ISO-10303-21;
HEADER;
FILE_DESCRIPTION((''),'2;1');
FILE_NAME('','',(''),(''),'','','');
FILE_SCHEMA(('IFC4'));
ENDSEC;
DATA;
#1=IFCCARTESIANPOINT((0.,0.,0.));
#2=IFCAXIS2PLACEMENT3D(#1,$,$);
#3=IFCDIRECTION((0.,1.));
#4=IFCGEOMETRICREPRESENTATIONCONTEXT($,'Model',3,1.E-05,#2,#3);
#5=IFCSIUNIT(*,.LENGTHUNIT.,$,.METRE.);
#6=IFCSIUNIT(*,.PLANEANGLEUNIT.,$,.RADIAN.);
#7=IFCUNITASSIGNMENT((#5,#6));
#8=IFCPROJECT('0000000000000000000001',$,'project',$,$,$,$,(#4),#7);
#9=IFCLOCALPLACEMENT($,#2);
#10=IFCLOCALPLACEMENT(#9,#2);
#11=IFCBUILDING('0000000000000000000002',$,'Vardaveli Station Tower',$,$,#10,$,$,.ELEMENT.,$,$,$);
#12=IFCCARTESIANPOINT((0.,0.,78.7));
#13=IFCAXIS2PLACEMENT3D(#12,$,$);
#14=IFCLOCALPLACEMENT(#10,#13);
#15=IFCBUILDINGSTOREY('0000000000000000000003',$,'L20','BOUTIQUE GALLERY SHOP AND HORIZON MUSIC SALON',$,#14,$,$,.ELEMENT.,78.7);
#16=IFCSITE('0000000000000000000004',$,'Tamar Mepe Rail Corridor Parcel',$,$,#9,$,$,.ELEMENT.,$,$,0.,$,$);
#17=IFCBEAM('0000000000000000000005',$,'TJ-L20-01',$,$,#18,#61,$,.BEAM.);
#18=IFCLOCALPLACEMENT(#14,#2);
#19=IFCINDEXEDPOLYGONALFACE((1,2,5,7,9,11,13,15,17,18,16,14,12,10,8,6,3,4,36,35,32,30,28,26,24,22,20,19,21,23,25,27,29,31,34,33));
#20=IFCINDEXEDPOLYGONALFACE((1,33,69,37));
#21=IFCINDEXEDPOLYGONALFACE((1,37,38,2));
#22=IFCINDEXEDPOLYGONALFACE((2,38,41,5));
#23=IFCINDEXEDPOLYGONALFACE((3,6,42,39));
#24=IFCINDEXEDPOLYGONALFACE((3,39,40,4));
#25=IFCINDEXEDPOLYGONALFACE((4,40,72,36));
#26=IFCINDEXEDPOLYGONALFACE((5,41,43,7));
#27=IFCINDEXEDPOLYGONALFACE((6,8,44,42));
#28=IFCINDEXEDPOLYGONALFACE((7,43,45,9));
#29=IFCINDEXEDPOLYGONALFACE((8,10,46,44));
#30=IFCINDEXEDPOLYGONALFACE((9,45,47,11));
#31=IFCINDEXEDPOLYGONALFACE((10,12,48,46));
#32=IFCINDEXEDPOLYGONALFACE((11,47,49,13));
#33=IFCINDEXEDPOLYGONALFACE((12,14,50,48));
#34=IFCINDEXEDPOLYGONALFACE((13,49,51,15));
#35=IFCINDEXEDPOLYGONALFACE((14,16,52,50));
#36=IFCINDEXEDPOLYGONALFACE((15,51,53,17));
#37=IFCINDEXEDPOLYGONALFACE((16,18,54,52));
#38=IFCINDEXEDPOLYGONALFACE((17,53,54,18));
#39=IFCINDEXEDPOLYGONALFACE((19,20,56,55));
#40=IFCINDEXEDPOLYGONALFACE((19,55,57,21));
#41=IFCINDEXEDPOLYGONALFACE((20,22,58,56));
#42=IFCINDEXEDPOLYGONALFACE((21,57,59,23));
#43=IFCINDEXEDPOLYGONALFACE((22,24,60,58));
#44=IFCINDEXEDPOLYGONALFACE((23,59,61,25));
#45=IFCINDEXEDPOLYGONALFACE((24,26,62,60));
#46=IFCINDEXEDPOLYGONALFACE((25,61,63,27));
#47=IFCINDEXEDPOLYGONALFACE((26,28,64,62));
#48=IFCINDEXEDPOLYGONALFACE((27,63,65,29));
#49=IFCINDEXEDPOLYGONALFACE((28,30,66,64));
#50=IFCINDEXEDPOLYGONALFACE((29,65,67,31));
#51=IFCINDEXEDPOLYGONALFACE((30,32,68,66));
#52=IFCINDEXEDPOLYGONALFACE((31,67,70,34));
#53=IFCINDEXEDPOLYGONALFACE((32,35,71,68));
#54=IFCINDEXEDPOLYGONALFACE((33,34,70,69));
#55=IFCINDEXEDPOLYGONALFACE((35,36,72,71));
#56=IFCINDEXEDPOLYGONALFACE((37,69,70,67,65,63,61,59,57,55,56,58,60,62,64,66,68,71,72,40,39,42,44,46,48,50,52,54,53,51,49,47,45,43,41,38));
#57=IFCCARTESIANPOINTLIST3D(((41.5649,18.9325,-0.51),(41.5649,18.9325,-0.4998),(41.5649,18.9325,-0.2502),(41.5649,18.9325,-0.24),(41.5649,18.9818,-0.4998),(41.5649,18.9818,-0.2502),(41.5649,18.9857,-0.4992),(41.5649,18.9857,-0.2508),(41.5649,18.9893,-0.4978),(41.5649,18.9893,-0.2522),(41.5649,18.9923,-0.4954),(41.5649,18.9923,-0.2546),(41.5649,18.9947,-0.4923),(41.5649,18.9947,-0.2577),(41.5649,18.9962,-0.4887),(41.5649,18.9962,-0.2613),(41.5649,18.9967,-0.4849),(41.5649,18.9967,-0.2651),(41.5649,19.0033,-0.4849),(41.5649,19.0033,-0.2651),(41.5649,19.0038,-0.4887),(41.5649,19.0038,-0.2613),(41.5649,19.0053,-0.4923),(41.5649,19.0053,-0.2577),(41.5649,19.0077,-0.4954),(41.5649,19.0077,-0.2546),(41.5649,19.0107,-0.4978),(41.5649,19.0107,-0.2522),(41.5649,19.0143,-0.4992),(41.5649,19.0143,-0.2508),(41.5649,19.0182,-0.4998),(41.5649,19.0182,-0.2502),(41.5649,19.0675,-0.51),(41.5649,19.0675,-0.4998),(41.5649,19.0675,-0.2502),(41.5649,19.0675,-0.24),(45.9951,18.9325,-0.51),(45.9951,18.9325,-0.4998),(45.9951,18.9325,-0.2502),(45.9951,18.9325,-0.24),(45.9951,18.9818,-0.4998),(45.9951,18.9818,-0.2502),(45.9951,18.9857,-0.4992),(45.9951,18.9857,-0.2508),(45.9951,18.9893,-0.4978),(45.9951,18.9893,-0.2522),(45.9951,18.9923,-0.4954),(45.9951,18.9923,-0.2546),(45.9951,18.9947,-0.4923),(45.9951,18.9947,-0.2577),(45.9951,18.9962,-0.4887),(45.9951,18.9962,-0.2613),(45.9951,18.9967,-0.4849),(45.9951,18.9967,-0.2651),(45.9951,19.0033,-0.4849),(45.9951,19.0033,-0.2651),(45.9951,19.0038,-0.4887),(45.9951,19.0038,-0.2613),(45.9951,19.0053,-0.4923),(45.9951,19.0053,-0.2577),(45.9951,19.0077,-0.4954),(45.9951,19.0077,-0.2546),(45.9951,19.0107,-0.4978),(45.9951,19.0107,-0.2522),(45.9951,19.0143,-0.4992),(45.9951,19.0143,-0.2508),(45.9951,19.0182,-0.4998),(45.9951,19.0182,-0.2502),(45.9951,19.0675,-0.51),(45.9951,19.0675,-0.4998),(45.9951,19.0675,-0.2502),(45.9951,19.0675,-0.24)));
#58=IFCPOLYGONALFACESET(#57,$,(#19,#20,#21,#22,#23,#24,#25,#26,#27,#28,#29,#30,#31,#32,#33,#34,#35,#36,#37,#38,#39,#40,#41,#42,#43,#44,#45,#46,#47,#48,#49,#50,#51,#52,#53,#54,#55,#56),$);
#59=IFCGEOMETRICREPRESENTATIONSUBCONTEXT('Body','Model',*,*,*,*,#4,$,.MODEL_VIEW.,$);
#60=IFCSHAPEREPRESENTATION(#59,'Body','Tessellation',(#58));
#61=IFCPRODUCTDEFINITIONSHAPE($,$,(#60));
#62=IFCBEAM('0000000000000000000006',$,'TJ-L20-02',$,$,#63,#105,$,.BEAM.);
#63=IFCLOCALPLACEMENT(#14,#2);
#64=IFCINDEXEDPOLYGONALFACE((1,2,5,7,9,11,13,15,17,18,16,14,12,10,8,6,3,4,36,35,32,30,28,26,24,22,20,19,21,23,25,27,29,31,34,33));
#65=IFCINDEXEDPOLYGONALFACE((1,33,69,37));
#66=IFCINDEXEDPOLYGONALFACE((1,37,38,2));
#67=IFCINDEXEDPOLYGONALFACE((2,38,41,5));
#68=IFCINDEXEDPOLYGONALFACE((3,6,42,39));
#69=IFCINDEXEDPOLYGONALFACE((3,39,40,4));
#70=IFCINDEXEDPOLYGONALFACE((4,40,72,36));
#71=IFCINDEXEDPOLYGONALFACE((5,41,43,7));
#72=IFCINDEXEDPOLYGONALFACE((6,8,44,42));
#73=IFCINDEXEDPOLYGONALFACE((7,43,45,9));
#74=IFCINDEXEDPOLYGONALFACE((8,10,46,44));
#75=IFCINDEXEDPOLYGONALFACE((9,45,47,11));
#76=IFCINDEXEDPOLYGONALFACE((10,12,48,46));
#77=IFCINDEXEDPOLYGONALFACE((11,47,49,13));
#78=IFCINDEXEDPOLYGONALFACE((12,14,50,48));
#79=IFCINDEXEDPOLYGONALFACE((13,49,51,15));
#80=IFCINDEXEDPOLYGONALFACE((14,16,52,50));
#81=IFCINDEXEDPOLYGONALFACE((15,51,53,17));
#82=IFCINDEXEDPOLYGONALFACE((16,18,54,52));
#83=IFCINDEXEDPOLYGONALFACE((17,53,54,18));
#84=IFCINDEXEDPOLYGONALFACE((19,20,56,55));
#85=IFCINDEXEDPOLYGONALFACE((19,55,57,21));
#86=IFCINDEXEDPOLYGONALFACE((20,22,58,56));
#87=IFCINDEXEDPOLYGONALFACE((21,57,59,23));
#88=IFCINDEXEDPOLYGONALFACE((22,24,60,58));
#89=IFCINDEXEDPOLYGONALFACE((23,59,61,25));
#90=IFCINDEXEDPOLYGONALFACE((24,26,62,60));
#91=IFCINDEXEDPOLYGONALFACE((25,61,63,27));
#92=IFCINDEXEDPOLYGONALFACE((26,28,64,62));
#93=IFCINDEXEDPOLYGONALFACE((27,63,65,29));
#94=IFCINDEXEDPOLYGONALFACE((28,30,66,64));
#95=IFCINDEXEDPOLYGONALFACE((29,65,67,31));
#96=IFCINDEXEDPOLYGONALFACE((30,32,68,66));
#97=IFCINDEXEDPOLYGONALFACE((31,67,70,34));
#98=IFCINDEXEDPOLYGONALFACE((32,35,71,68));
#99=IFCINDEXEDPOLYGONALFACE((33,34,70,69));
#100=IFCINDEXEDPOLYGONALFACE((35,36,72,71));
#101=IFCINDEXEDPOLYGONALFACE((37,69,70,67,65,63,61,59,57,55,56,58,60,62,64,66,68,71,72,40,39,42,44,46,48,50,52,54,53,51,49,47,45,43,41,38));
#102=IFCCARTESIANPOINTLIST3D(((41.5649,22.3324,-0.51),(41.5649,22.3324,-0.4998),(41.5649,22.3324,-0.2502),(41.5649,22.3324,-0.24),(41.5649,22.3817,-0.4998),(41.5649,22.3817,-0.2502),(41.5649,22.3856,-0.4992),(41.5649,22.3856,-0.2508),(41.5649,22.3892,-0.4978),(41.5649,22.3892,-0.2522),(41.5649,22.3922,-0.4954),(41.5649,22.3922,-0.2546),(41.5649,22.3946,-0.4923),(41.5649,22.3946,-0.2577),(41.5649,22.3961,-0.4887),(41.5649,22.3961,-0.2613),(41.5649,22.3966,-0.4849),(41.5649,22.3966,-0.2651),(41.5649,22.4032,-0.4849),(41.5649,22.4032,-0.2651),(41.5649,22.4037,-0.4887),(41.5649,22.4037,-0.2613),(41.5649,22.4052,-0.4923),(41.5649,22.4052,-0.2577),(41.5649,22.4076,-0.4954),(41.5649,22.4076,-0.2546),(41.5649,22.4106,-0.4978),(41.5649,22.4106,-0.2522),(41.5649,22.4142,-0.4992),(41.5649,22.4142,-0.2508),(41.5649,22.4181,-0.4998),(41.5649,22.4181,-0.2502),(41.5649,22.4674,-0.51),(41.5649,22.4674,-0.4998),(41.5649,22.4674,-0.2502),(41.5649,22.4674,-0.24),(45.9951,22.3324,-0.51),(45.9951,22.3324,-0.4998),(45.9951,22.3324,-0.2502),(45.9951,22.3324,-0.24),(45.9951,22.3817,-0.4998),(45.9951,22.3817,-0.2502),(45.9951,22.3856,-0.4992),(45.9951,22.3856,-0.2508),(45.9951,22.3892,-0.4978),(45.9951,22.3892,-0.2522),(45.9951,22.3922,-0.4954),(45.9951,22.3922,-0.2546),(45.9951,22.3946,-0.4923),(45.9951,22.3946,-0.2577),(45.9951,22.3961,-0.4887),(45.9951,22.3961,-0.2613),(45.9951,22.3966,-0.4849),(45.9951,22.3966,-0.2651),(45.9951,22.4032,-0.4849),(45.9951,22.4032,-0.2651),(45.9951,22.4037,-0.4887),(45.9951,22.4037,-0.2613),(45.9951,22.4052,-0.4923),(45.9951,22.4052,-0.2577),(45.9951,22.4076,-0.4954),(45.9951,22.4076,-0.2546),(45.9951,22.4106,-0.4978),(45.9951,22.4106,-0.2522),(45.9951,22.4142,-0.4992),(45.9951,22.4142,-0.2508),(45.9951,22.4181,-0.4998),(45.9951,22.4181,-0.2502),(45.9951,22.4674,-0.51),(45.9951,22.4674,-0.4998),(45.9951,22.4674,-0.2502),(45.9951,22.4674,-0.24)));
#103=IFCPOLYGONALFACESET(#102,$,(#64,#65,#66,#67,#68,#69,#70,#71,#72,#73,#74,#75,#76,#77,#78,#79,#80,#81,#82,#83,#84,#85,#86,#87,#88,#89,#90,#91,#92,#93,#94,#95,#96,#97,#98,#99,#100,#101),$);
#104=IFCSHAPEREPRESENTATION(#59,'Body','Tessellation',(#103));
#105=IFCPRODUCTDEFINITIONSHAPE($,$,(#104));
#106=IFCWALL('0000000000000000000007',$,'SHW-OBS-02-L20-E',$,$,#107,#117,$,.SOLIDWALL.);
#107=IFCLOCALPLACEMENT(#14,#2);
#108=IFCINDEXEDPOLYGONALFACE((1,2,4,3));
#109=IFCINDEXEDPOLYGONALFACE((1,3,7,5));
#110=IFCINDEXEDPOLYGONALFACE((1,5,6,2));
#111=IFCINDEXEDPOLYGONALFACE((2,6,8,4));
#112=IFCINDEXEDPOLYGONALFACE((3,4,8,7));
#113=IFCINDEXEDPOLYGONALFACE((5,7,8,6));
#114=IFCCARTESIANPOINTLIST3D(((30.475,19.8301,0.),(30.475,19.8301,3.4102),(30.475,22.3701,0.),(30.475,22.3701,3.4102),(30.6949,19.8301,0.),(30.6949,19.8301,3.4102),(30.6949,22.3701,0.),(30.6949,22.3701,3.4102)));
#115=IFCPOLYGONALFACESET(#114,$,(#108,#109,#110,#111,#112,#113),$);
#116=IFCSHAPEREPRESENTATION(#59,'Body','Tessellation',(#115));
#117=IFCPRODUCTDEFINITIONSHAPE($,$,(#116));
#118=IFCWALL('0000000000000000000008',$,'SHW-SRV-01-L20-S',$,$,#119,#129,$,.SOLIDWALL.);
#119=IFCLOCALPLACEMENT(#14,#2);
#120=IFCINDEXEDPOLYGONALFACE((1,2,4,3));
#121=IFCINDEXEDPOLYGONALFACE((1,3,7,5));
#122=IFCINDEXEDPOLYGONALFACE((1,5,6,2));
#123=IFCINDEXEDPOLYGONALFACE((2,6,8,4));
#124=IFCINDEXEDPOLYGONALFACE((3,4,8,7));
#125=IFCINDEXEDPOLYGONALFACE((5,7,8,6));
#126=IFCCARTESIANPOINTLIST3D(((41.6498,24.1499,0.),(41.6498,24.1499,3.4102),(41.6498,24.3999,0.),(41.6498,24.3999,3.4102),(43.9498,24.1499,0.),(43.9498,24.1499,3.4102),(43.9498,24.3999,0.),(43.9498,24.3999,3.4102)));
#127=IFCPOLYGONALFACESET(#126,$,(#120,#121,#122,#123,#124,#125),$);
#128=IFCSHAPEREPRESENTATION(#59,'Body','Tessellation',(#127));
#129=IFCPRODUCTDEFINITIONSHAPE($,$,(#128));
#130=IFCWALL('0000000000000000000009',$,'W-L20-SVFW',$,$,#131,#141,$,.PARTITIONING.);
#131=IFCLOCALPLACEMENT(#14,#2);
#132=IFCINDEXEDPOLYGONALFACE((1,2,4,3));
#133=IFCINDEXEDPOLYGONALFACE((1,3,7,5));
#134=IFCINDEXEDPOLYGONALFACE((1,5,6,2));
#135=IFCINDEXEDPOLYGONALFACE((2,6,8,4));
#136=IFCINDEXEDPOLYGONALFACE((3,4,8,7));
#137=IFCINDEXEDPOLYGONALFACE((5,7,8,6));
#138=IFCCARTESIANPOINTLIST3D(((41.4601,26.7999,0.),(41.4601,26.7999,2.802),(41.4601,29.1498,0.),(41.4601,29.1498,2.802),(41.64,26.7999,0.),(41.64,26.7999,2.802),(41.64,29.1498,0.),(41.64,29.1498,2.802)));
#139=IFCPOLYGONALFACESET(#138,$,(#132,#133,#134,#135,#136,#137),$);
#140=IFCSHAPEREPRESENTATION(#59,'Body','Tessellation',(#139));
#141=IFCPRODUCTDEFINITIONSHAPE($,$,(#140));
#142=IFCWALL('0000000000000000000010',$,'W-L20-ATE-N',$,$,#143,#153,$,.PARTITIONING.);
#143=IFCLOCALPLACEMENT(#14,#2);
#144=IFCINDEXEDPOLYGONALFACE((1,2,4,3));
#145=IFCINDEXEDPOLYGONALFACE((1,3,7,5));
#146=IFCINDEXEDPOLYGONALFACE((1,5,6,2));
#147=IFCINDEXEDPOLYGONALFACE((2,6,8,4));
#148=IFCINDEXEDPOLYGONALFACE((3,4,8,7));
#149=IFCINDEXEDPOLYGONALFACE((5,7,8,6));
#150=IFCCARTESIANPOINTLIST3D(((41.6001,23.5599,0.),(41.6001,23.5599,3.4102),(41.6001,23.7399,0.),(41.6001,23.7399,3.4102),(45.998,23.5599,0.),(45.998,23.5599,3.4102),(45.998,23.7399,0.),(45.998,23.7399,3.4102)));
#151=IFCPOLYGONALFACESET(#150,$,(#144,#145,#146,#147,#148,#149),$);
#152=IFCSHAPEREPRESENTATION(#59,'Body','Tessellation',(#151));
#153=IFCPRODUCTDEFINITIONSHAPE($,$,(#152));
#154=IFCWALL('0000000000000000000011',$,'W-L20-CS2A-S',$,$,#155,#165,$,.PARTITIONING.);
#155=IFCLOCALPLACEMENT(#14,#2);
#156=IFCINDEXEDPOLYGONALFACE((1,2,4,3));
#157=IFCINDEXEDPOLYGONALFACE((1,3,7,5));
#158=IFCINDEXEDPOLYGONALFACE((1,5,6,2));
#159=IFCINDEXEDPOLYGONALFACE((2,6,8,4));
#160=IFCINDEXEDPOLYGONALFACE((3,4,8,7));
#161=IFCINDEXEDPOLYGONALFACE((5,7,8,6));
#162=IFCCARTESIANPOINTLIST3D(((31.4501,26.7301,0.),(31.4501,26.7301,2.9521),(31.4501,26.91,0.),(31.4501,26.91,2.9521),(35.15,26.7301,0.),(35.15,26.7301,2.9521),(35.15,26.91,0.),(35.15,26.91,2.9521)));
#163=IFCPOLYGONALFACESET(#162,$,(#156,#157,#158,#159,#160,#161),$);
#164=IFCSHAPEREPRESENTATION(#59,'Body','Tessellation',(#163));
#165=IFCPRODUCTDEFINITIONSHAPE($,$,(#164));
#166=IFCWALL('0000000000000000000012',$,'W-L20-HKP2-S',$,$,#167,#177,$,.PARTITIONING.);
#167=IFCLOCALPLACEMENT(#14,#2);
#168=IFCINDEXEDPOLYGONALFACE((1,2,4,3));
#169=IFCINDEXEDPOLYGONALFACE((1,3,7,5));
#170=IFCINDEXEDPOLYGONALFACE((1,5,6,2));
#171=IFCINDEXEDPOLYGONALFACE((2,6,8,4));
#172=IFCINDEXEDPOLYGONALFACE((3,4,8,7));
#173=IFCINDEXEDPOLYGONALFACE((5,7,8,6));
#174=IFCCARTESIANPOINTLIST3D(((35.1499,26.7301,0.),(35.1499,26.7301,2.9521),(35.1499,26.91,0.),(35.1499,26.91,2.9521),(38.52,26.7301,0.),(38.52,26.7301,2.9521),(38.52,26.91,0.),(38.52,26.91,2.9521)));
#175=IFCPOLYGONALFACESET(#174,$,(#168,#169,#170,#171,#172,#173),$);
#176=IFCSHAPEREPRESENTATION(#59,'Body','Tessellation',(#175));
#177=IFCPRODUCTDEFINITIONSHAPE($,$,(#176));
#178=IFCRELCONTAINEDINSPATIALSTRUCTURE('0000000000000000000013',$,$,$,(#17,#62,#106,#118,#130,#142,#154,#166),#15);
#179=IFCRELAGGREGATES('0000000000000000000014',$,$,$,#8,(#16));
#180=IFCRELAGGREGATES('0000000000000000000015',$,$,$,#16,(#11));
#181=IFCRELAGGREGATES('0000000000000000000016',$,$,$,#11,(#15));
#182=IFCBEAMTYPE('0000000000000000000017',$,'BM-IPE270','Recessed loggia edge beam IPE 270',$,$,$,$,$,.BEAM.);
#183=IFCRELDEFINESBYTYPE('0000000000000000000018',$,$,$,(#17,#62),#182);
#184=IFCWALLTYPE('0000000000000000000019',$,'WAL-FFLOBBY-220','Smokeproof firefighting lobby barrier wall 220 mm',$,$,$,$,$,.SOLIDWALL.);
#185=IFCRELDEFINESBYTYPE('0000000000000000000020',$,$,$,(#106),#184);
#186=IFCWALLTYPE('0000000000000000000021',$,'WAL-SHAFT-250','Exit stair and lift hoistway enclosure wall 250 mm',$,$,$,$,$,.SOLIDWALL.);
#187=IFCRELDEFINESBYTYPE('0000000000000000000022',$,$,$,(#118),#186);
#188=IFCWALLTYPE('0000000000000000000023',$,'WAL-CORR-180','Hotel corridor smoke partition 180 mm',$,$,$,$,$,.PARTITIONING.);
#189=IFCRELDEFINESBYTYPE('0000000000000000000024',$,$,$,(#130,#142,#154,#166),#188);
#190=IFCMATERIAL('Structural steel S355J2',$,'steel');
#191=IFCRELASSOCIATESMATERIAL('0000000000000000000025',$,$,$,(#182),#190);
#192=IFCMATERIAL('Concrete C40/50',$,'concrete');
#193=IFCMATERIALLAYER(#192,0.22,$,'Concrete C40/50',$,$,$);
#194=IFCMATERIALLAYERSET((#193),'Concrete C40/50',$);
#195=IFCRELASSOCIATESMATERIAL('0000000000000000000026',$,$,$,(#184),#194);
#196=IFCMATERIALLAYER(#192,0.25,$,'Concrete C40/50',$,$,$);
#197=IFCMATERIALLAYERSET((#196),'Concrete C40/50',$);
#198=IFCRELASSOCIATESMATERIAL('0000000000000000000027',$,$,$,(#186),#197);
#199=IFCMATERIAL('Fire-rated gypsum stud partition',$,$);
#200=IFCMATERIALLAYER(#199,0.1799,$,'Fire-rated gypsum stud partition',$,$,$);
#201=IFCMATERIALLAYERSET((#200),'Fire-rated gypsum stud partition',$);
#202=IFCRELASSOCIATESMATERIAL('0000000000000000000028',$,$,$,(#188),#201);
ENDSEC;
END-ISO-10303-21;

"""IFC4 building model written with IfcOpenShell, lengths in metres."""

from ifc_helpers import new_model, si_unit, direction, frame, frame_2d, origin, origin_2d, place, context, subcontext, project, spatial, rectangle, i_section, extrude, source, transform, mapped, material, layer, layer_set, material_profile, profile_set, type_object, element, save


model = new_model("IFC4")

# Units and contexts
model_context = context("Model", 3, precision=1e-05, world=origin(), true_north=direction((0.0, 1.0)))
body_context = subcontext(model_context, "Body", "Model", "MODEL_VIEW")
ifc_project = project(units=[si_unit("LENGTHUNIT", "METRE"), si_unit("PLANEANGLEUNIT", "RADIAN")], contexts=[model_context])

# Site, building, storey
site_placement = place(None, origin())
site = spatial("IfcSite", under=ifc_project, at=site_placement, Name="Tamar Mepe Rail Corridor Parcel", CompositionType="ELEMENT", RefElevation=0.0)
building_placement = place(site_placement, origin())
building = spatial("IfcBuilding", under=site, at=building_placement, Name="Vardaveli Station Tower", CompositionType="ELEMENT")
storey_placement = place(building_placement, frame((0.0, 0.0, 78.7)))
storey = spatial("IfcBuildingStorey", under=building, at=storey_placement, Name="L20", Description="BOUTIQUE GALLERY SHOP AND HORIZON MUSIC SALON", CompositionType="ELEMENT", Elevation=78.7)

# Beams
ifc_material_1 = material(Name="Structural steel S355J2", Category="steel")
ifc_material_profile_1 = material_profile(ifc_material_1, i_section(OverallWidth=0.135, OverallDepth=0.27, WebThickness=0.0066, FlangeThickness=0.0103, FilletRadius=0.0149, at=origin_2d()), Name="IPE 270")
ifc_profile_set_1 = profile_set([ifc_material_profile_1], Name="Structural steel S355J2")
beam_type_1 = type_object("IfcBeamType", Name="BM-IPE270", Description="Recessed loggia edge beam IPE 270", PredefinedType="BEAM", material=ifc_profile_set_1)
shared_shape_1 = source(origin(), body_context, "Body", "SweptSolid", [
    extrude(i_section(OverallWidth=0.135, OverallDepth=0.27, WebThickness=0.0066, FlangeThickness=0.0103, FilletRadius=0.0149, at=origin_2d()), origin(), (0.0, 0.0, 1.0), 4.4302),
])
for number, where, z_axis, x_axis, name in (
    (1, (41.5649, 19.0, -0.375), (1.0, 0.0, 0.0), (0.0, 1.0, 0.0), "TJ-L20-01"),
    (2, (41.5649, 22.3999, -0.375), (1.0, 0.0, 0.0), (0.0, 1.0, 0.0), "TJ-L20-02"),
):
    element("IfcBeam", number, at=place(storey_placement, frame(where, z_axis=z_axis, x_axis=x_axis)), inside=storey, type_object=beam_type_1, Name=name, PredefinedType="BEAM", context=body_context, shape_type="MappedRepresentation", body=[
        mapped(shared_shape_1, transform((0.0, 0.0, 0.0), scale=1.0)),
    ])

# Walls
ifc_material_2 = material(Name="Concrete C40/50", Category="concrete")
ifc_layer_1 = layer(ifc_material_2, 0.22, Name="Concrete C40/50")
ifc_layer_set_1 = layer_set([ifc_layer_1], Name="Concrete C40/50")
wall_type_1 = type_object("IfcWallType", Name="WAL-FFLOBBY-220", Description="Smokeproof firefighting lobby barrier wall 220 mm", PredefinedType="SOLIDWALL", material=ifc_layer_set_1)
shared_shape_2 = source(origin(), body_context, "Body", "SweptSolid", [
    extrude(rectangle(XDim=2.54, YDim=0.22, at=frame_2d((1.27, 0.0))), origin(), (0.0, 0.0, 1.0), 3.4102),
])
wall_1_placement = place(storey_placement, frame((30.585, 19.8301, 0.0), z_axis=(0.0, 0.0, 1.0), x_axis=(0.0, 1.0, 0.0)))
element("IfcWall", 3, at=wall_1_placement, inside=storey, type_object=wall_type_1, Name="SHW-OBS-02-L20-E", PredefinedType="SOLIDWALL", context=body_context, shape_type="MappedRepresentation", body=[
    mapped(shared_shape_2, transform((0.0, 0.0, 0.0), scale=1.0)),
])
ifc_layer_2 = layer(ifc_material_2, 0.25, Name="Concrete C40/50")
ifc_layer_set_2 = layer_set([ifc_layer_2], Name="Concrete C40/50")
wall_type_2 = type_object("IfcWallType", Name="WAL-SHAFT-250", Description="Exit stair and lift hoistway enclosure wall 250 mm", PredefinedType="SOLIDWALL", material=ifc_layer_set_2)
shared_shape_3 = source(origin(), body_context, "Body", "SweptSolid", [
    extrude(rectangle(XDim=2.3, YDim=0.25, at=frame_2d((1.1499, 0.0))), origin(), (0.0, 0.0, 1.0), 3.4102),
])
wall_2_placement = place(storey_placement, frame((41.6499, 24.2749, 0.0), z_axis=(0.0, 0.0, 1.0), x_axis=(1.0, 0.0, 0.0)))
element("IfcWall", 4, at=wall_2_placement, inside=storey, type_object=wall_type_2, Name="SHW-SRV-01-L20-S", PredefinedType="SOLIDWALL", context=body_context, shape_type="MappedRepresentation", body=[
    mapped(shared_shape_3, transform((0.0, 0.0, 0.0), scale=1.0)),
])
ifc_material_3 = material(Name="Fire-rated gypsum stud partition")
ifc_layer_3 = layer(ifc_material_3, 0.1799, Name="Fire-rated gypsum stud partition")
ifc_layer_set_3 = layer_set([ifc_layer_3], Name="Fire-rated gypsum stud partition")
wall_type_3 = type_object("IfcWallType", Name="WAL-CORR-180", Description="Hotel corridor smoke partition 180 mm", PredefinedType="PARTITIONING", material=ifc_layer_set_3)
shared_shape_4 = source(origin(), body_context, "Body", "SweptSolid", [
    extrude(rectangle(XDim=2.3499, YDim=0.1799, at=frame_2d((1.1748, 0.0))), origin(), (0.0, 0.0, 1.0), 2.802),
])
wall_3_placement = place(storey_placement, frame((41.55, 26.8, 0.0), z_axis=(0.0, 0.0, 1.0), x_axis=(0.0, 1.0, 0.0)))
element("IfcWall", 5, at=wall_3_placement, inside=storey, type_object=wall_type_3, Name="W-L20-SVFW", PredefinedType="PARTITIONING", context=body_context, shape_type="MappedRepresentation", body=[
    mapped(shared_shape_4, transform((0.0, 0.0, 0.0), scale=1.0)),
])
shared_shape_5 = source(origin(), body_context, "Body", "SweptSolid", [
    extrude(rectangle(XDim=4.3979, YDim=0.1799, at=frame_2d((2.199, 0.0))), origin(), (0.0, 0.0, 1.0), 3.4102),
])
wall_4_placement = place(storey_placement, frame((41.6001, 23.6499, 0.0), z_axis=(0.0, 0.0, 1.0), x_axis=(1.0, 0.0, 0.0)))
element("IfcWall", 6, at=wall_4_placement, inside=storey, type_object=wall_type_3, Name="W-L20-ATE-N", PredefinedType="PARTITIONING", context=body_context, shape_type="MappedRepresentation", body=[
    mapped(shared_shape_5, transform((0.0, 0.0, 0.0), scale=1.0)),
])
shared_shape_6 = source(origin(), body_context, "Body", "SweptSolid", [
    extrude(rectangle(XDim=3.7, YDim=0.1799, at=frame_2d((1.8501, 0.0))), origin(), (0.0, 0.0, 1.0), 2.9521),
])
wall_5_placement = place(storey_placement, frame((31.45, 26.8201, 0.0), z_axis=(0.0, 0.0, 1.0), x_axis=(1.0, 0.0, 0.0)))
element("IfcWall", 7, at=wall_5_placement, inside=storey, type_object=wall_type_3, Name="W-L20-CS2A-S", PredefinedType="PARTITIONING", context=body_context, shape_type="MappedRepresentation", body=[
    mapped(shared_shape_6, transform((0.0, 0.0, 0.0), scale=1.0)),
])
shared_shape_7 = source(origin(), body_context, "Body", "SweptSolid", [
    extrude(rectangle(XDim=3.3701, YDim=0.1799, at=frame_2d((1.6851, 0.0))), origin(), (0.0, 0.0, 1.0), 2.9521),
])
wall_6_placement = place(storey_placement, frame((35.1499, 26.8201, 0.0), z_axis=(0.0, 0.0, 1.0), x_axis=(1.0, 0.0, 0.0)))
element("IfcWall", 8, at=wall_6_placement, inside=storey, type_object=wall_type_3, Name="W-L20-HKP2-S", PredefinedType="PARTITIONING", context=body_context, shape_type="MappedRepresentation", body=[
    mapped(shared_shape_7, transform((0.0, 0.0, 0.0), scale=1.0)),
])

save(model, "model.ifc")
